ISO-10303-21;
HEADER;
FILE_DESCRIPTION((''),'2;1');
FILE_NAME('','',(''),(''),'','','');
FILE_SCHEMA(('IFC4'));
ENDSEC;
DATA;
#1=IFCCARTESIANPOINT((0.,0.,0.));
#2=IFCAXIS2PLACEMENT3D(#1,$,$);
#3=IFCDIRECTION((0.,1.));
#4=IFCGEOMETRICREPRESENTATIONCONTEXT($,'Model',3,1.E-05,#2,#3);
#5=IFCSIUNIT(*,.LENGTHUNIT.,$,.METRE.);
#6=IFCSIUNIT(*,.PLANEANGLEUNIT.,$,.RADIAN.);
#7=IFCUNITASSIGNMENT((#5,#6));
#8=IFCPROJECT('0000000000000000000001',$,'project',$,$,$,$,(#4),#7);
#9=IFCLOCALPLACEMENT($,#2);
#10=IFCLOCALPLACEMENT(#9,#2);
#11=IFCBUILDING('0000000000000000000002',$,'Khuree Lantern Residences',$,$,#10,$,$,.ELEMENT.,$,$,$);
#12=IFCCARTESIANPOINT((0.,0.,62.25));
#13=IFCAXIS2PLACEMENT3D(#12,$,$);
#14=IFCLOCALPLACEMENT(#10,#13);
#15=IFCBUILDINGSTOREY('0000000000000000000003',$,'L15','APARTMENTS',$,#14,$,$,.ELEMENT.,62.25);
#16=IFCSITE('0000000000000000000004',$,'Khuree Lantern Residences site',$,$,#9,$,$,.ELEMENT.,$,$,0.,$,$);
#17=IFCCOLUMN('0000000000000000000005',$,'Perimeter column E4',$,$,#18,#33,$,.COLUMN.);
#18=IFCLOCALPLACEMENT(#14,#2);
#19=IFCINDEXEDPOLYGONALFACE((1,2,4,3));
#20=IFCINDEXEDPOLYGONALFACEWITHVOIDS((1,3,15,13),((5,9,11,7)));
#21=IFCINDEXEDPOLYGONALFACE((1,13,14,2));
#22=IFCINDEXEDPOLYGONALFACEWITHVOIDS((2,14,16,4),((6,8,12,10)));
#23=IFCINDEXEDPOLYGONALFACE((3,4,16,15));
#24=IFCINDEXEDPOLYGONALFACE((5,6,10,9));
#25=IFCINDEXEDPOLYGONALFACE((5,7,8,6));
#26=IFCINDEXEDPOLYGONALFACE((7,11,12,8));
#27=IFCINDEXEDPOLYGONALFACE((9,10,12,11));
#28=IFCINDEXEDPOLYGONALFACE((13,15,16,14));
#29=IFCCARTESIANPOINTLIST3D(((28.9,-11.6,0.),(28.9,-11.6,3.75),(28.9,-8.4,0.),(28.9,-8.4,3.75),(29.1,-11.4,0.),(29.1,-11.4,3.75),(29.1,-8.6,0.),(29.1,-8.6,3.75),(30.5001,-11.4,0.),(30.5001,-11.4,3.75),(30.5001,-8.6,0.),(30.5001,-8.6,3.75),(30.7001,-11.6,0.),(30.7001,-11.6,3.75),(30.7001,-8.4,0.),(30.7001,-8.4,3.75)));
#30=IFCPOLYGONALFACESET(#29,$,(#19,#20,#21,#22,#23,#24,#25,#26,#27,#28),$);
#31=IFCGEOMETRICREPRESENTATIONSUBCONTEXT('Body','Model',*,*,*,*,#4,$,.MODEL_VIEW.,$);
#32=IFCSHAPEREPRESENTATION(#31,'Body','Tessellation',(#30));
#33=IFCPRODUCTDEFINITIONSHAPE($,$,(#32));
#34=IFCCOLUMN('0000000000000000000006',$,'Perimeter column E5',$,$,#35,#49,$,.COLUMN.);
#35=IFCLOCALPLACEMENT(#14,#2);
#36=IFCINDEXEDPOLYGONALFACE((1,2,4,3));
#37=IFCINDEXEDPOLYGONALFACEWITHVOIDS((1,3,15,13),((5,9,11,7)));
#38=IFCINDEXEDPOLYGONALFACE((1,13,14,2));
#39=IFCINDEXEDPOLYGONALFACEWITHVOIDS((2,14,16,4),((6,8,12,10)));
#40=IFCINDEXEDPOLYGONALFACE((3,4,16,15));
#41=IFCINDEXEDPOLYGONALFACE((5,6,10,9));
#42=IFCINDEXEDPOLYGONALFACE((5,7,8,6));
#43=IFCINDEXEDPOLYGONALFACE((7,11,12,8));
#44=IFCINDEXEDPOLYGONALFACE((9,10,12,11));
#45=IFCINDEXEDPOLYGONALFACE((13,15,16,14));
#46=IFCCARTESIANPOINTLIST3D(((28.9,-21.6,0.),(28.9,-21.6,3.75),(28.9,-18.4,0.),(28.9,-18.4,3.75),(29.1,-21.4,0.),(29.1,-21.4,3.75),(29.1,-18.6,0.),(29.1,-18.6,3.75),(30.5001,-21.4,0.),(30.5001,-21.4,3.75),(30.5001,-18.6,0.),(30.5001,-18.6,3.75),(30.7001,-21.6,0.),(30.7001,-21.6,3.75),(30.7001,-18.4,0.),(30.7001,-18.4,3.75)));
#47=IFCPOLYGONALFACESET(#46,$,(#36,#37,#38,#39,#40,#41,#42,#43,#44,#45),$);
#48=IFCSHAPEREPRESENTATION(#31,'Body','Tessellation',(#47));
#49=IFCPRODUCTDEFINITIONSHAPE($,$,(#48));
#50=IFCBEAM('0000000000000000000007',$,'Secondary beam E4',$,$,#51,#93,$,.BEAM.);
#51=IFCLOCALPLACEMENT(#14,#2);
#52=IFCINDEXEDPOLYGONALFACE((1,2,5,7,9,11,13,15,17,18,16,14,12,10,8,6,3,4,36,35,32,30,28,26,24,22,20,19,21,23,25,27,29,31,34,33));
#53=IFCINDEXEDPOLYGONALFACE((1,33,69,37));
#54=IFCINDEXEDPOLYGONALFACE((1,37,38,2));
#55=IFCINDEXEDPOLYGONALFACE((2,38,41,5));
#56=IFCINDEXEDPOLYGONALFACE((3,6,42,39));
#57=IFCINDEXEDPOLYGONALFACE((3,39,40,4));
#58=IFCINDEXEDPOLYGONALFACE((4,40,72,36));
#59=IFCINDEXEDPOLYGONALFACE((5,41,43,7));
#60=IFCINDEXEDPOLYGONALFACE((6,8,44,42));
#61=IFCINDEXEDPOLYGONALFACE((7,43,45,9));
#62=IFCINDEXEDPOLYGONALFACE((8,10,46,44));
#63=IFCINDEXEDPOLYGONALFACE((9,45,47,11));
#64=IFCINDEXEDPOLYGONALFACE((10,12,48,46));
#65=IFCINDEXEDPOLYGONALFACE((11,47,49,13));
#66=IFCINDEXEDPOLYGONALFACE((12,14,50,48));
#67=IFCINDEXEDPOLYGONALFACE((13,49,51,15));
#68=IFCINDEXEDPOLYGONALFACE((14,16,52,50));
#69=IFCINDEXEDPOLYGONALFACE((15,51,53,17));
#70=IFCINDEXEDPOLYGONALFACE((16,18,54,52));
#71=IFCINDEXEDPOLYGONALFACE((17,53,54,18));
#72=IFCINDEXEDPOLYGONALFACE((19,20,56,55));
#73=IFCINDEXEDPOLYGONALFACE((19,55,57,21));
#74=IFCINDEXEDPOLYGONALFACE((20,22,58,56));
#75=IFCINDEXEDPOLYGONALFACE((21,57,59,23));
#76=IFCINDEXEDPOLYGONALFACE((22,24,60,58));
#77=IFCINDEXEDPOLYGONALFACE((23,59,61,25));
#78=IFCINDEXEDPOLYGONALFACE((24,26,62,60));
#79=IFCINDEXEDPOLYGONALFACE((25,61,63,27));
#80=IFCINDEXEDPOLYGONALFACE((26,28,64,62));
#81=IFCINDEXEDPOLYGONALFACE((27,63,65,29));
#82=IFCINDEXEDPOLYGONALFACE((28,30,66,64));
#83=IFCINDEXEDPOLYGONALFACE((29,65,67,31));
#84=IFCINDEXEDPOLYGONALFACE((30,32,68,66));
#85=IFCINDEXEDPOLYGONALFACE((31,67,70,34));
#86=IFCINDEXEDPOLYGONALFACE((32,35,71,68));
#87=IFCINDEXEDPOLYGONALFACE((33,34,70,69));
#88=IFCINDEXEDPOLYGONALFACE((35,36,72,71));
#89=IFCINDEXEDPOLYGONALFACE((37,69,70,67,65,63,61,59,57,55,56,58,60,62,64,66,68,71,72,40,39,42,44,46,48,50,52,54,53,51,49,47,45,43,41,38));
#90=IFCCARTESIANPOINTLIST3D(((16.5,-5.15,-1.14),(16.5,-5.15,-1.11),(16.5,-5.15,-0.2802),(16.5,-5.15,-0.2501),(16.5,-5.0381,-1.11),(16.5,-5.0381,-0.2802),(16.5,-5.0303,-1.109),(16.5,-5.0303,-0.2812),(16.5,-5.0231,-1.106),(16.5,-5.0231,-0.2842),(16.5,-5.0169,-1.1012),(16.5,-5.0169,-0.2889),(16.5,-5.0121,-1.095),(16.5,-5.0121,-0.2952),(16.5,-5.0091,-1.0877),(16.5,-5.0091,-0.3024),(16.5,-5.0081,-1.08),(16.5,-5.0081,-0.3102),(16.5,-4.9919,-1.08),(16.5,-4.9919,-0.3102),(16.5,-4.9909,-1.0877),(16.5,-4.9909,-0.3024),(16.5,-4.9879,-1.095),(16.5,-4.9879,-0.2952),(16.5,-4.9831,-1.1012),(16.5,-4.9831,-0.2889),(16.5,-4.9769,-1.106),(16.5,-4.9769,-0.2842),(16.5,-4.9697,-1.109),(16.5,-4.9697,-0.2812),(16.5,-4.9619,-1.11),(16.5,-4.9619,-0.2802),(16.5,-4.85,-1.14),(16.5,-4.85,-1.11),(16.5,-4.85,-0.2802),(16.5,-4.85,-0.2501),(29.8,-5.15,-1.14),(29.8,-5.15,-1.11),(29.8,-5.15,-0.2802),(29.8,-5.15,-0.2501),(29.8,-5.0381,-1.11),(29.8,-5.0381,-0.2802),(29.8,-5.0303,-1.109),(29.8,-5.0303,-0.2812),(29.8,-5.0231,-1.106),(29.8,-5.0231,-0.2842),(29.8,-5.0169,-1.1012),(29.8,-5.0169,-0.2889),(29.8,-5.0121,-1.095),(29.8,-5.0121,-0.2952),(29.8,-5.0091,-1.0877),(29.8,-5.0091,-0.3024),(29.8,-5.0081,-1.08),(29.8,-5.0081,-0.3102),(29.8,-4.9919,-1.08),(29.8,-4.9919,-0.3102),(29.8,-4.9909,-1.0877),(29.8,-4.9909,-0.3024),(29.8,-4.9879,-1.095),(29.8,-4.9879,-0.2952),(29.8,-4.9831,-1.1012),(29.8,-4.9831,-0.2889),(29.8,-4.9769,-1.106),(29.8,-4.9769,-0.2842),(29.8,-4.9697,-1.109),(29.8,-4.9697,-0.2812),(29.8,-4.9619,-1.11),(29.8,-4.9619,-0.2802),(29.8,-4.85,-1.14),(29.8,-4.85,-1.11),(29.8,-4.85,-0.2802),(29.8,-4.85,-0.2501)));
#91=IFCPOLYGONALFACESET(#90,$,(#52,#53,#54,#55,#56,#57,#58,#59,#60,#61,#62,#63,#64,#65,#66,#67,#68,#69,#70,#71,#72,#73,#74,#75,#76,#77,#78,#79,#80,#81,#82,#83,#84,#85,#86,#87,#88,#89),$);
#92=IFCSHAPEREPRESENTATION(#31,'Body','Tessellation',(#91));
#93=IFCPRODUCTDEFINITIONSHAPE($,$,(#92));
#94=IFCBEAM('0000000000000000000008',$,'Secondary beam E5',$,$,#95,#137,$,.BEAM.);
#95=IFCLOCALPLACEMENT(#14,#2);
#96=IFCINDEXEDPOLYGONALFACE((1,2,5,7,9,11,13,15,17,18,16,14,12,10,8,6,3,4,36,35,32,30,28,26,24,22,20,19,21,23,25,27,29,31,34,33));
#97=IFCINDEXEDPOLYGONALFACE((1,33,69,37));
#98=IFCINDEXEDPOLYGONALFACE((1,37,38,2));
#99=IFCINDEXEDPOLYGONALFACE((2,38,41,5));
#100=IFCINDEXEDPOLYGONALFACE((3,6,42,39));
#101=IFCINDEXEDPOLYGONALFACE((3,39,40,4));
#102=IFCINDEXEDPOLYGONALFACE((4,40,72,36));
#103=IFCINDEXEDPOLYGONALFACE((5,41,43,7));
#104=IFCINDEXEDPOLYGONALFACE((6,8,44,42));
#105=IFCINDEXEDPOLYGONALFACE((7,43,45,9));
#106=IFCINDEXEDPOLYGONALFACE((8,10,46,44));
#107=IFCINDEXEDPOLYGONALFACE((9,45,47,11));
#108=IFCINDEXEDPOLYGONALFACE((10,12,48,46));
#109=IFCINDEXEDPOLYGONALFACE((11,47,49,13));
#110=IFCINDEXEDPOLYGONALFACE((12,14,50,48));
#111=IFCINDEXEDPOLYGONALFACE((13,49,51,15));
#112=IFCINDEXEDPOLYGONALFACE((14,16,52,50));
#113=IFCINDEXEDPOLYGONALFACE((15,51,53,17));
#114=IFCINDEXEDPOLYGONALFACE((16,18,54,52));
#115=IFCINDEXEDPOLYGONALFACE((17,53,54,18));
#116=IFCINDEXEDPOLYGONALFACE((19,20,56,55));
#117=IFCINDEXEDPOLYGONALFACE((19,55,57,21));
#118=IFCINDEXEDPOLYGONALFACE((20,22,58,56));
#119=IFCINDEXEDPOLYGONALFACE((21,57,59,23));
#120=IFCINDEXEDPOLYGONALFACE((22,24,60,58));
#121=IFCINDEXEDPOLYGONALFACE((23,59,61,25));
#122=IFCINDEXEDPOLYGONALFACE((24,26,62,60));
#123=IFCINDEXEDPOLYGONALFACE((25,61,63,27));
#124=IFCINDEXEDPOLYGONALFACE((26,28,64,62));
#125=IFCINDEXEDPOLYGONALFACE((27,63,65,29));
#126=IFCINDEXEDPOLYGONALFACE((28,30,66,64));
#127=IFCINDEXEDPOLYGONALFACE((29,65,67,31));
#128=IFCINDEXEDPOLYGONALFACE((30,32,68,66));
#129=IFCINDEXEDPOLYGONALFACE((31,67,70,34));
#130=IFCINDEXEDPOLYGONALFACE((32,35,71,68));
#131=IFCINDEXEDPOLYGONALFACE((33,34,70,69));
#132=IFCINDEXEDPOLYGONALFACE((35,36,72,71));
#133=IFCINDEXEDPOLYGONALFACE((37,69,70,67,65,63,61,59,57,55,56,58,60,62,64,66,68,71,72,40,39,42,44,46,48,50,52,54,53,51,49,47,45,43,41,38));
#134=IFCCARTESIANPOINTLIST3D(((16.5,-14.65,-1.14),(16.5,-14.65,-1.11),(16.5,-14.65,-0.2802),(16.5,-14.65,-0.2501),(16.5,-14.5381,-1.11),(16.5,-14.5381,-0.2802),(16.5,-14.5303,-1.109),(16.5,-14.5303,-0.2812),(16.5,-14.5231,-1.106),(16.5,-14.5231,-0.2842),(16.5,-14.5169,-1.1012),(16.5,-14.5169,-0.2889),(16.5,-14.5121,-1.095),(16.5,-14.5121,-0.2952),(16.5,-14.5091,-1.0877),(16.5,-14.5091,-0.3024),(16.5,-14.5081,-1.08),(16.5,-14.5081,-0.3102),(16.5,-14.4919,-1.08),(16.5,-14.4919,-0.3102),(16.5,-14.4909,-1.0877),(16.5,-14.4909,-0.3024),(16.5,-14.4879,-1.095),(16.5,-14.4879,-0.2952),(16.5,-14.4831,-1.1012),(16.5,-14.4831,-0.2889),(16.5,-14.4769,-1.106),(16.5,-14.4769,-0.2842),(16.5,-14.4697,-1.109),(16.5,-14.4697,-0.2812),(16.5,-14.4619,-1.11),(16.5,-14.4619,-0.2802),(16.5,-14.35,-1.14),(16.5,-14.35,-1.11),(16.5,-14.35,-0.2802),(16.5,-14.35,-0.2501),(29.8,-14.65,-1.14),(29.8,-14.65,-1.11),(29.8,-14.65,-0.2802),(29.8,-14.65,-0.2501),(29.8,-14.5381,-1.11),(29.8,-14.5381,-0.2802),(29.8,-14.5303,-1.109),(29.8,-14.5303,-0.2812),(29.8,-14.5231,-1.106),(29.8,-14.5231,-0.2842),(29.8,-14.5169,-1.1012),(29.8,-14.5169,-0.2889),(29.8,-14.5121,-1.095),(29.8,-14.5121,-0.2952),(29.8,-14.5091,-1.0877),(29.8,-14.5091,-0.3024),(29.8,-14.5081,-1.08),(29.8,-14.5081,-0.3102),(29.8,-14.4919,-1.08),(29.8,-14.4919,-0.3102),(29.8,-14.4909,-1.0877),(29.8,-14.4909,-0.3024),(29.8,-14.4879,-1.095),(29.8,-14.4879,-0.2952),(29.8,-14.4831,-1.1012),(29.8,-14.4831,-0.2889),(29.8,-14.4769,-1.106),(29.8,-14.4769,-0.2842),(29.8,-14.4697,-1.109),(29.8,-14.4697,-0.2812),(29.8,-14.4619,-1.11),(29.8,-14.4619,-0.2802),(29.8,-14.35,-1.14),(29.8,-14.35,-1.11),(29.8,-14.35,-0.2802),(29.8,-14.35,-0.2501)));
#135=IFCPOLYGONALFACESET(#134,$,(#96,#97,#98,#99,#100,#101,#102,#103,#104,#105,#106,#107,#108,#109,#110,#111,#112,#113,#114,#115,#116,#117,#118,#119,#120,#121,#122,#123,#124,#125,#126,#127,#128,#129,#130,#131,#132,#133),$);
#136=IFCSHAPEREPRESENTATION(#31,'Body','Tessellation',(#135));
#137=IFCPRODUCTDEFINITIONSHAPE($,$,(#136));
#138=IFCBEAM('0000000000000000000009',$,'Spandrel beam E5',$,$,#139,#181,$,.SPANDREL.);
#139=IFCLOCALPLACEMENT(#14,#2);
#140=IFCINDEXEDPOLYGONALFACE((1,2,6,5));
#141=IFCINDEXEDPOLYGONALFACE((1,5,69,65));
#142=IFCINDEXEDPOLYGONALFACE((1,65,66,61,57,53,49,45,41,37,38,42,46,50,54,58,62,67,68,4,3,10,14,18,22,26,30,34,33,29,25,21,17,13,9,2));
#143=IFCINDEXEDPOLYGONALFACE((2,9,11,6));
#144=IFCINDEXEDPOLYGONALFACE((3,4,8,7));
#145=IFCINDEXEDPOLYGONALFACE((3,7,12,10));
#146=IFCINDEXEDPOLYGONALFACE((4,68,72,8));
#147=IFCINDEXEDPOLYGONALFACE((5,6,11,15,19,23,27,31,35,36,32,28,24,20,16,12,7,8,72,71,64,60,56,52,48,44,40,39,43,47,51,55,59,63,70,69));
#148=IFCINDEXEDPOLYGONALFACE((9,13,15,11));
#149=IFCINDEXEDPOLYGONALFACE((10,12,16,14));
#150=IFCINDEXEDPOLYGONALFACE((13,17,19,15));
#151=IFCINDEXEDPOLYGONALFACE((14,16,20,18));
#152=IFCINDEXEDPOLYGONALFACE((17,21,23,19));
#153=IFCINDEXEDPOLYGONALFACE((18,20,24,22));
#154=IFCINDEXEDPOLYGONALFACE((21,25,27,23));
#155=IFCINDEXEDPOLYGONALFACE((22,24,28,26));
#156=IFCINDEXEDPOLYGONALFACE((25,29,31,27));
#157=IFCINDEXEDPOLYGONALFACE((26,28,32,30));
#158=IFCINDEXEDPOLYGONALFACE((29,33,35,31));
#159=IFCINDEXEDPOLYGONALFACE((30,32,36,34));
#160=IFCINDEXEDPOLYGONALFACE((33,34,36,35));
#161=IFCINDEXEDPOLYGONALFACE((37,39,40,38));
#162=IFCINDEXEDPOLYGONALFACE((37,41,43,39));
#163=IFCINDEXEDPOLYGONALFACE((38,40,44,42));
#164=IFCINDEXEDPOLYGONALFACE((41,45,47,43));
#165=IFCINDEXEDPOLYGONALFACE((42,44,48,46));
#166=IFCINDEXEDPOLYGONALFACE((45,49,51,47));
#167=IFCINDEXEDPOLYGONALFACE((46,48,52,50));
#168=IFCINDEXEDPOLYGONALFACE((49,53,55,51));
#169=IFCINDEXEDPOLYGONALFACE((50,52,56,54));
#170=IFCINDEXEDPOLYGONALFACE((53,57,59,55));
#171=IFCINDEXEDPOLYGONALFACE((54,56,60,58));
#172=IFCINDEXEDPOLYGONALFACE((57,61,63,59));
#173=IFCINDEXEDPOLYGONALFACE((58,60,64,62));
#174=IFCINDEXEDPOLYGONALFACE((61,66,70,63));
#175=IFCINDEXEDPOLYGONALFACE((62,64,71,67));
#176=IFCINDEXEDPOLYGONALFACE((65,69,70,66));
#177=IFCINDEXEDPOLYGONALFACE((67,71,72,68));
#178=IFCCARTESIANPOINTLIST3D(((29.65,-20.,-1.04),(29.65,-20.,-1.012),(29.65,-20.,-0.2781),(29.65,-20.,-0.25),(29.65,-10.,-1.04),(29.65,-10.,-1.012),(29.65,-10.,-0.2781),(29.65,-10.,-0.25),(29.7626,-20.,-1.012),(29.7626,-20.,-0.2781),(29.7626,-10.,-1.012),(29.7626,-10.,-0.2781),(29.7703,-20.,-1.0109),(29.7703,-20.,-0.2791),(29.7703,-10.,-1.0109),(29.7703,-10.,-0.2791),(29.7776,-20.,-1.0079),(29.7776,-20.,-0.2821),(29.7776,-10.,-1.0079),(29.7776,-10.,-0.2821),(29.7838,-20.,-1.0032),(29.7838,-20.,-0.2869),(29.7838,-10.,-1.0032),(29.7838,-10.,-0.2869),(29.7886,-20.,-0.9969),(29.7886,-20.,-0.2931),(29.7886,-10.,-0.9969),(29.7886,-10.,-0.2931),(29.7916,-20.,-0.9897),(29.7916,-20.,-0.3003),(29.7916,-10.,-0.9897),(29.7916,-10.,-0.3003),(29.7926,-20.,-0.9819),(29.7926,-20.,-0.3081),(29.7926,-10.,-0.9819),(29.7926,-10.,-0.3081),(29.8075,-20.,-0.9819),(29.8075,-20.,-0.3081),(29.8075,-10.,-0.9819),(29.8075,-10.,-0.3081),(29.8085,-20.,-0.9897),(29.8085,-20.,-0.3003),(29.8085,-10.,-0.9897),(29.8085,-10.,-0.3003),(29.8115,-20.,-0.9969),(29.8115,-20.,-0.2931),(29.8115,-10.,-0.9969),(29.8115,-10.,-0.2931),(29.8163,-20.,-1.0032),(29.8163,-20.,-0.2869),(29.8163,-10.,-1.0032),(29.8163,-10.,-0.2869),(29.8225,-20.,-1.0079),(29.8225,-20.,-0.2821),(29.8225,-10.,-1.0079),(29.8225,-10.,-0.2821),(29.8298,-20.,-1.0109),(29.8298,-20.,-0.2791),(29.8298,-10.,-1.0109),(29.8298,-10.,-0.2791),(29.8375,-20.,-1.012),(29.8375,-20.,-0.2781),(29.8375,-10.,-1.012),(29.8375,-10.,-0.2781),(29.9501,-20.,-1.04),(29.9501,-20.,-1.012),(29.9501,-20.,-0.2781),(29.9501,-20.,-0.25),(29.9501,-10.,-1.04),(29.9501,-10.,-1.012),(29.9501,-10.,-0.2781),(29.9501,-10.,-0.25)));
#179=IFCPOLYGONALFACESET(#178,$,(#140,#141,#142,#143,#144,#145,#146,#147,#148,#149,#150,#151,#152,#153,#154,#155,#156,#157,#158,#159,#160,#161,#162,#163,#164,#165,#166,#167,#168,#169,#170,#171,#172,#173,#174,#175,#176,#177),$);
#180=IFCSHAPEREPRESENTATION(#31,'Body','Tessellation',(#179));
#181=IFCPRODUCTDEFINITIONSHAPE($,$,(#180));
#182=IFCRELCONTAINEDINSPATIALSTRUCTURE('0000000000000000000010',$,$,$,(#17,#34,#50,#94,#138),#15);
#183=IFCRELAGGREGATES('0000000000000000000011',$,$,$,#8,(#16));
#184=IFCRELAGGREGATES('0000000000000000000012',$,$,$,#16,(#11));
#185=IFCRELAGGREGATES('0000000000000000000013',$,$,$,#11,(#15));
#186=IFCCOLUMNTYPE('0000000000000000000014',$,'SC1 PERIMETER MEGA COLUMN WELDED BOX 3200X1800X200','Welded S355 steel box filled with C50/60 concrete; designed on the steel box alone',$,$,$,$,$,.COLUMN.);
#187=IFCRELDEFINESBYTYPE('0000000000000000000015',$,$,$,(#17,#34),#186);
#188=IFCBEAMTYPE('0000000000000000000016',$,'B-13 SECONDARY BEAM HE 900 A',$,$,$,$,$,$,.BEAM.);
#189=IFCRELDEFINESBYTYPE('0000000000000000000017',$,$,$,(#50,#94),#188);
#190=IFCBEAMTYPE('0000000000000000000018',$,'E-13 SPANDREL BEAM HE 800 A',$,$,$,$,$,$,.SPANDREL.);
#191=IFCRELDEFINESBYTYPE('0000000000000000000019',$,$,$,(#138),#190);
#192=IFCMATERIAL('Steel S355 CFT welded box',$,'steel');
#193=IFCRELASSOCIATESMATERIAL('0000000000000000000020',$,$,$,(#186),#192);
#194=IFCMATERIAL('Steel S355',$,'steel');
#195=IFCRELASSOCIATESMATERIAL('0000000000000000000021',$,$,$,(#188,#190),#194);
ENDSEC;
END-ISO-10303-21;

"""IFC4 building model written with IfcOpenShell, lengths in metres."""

from ifc_helpers import new_model, si_unit, direction, frame, origin, origin_2d, place, context, subcontext, project, spatial, hollow_rectangle, i_section, extrude, material, material_profile, profile_set, type_object, element, save


model = new_model("IFC4")

# Units and contexts
model_context = context("Model", 3, precision=1e-05, world=origin(), true_north=direction((0.0, 1.0)))
body_context = subcontext(model_context, "Body", "Model", "MODEL_VIEW")
ifc_project = project(units=[si_unit("LENGTHUNIT", "METRE"), si_unit("PLANEANGLEUNIT", "RADIAN")], contexts=[model_context])

# Site, building, storey
site_placement = place(None, origin())
site = spatial("IfcSite", under=ifc_project, at=site_placement, Name="Khuree Lantern Residences site", CompositionType="ELEMENT", RefElevation=0.0)
building_placement = place(site_placement, origin())
building = spatial("IfcBuilding", under=site, at=building_placement, Name="Khuree Lantern Residences", CompositionType="ELEMENT")
storey_placement = place(building_placement, frame((0.0, 0.0, 62.25)))
storey = spatial("IfcBuildingStorey", under=building, at=storey_placement, Name="L15", Description="APARTMENTS", CompositionType="ELEMENT", Elevation=62.25)

# Columns
ifc_material_1 = material(Name="Steel S355 CFT welded box", Category="steel")
ifc_material_profile_1 = material_profile(ifc_material_1, hollow_rectangle(XDim=3.2, YDim=1.8, WallThickness=0.2, at=origin_2d()), Name="WELDED BOX 3200X1800X200")
ifc_profile_set_1 = profile_set([ifc_material_profile_1], Name="Steel S355 CFT welded box")
column_type = type_object("IfcColumnType", Name="SC1 PERIMETER MEGA COLUMN WELDED BOX 3200X1800X200", Description="Welded S355 steel box filled with C50/60 concrete; designed on the steel box alone", PredefinedType="COLUMN", material=ifc_profile_set_1)
for number, where, z_axis, x_axis, name in (
    (1, (29.8, -10.0, 0.0), (0.0, 0.0, 1.0), (0.0, 1.0, 0.0), "Perimeter column E4"),
    (2, (29.8, -20.0, 0.0), (0.0, 0.0, 1.0), (0.0, 1.0, 0.0), "Perimeter column E5"),
):
    element("IfcColumn", number, at=place(storey_placement, frame(where, z_axis=z_axis, x_axis=x_axis)), inside=storey, type_object=column_type, Name=name, PredefinedType="COLUMN", context=body_context, shape_type="SweptSolid", body=[
        extrude(hollow_rectangle(XDim=3.2, YDim=1.8, WallThickness=0.2, at=origin_2d()), origin(), (0.0, 0.0, 1.0), 3.75),
    ])

# Beams
ifc_material_2 = material(Name="Steel S355", Category="steel")
ifc_material_profile_2 = material_profile(ifc_material_2, i_section(OverallWidth=0.3, OverallDepth=0.8899, WebThickness=0.0161, FlangeThickness=0.03, FilletRadius=0.03, at=origin_2d()), Name="HE 900 A")
ifc_profile_set_2 = profile_set([ifc_material_profile_2], Name="Steel S355")
beam_type_1 = type_object("IfcBeamType", Name="B-13 SECONDARY BEAM HE 900 A", PredefinedType="BEAM", material=ifc_profile_set_2)
for number, where, z_axis, x_axis, name in (
    (3, (29.8, -5.0, -0.6951), (-1.0, 0.0, 0.0), (0.0, -1.0, 0.0), "Secondary beam E4"),
    (4, (29.8, -14.5, -0.6951), (-1.0, 0.0, 0.0), (0.0, -1.0, 0.0), "Secondary beam E5"),
):
    element("IfcBeam", number, at=place(storey_placement, frame(where, z_axis=z_axis, x_axis=x_axis)), inside=storey, type_object=beam_type_1, Name=name, PredefinedType="BEAM", context=body_context, shape_type="SweptSolid", body=[
        extrude(i_section(OverallWidth=0.3, OverallDepth=0.8899, WebThickness=0.0161, FlangeThickness=0.03, FilletRadius=0.03, at=origin_2d()), origin(), (0.0, 0.0, 1.0), 13.3),
    ])
ifc_material_profile_3 = material_profile(ifc_material_2, i_section(OverallWidth=0.3, OverallDepth=0.79, WebThickness=0.0149, FlangeThickness=0.0281, FilletRadius=0.03, at=origin_2d()), Name="HE 800 A")
ifc_profile_set_3 = profile_set([ifc_material_profile_3], Name="Steel S355")
beam_type_2 = type_object("IfcBeamType", Name="E-13 SPANDREL BEAM HE 800 A", PredefinedType="SPANDREL", material=ifc_profile_set_3)
beam_1_placement = place(storey_placement, frame((29.8, -10.0, -0.645), z_axis=(0.0, -1.0, 0.0), x_axis=(1.0, 0.0, 0.0)))
element("IfcBeam", 5, at=beam_1_placement, inside=storey, type_object=beam_type_2, Name="Spandrel beam E5", PredefinedType="SPANDREL", context=body_context, shape_type="SweptSolid", body=[
    extrude(i_section(OverallWidth=0.3, OverallDepth=0.79, WebThickness=0.0149, FlangeThickness=0.0281, FilletRadius=0.03, at=origin_2d()), origin(), (0.0, 0.0, 1.0), 10.0),
])

save(model, "model.ifc")
